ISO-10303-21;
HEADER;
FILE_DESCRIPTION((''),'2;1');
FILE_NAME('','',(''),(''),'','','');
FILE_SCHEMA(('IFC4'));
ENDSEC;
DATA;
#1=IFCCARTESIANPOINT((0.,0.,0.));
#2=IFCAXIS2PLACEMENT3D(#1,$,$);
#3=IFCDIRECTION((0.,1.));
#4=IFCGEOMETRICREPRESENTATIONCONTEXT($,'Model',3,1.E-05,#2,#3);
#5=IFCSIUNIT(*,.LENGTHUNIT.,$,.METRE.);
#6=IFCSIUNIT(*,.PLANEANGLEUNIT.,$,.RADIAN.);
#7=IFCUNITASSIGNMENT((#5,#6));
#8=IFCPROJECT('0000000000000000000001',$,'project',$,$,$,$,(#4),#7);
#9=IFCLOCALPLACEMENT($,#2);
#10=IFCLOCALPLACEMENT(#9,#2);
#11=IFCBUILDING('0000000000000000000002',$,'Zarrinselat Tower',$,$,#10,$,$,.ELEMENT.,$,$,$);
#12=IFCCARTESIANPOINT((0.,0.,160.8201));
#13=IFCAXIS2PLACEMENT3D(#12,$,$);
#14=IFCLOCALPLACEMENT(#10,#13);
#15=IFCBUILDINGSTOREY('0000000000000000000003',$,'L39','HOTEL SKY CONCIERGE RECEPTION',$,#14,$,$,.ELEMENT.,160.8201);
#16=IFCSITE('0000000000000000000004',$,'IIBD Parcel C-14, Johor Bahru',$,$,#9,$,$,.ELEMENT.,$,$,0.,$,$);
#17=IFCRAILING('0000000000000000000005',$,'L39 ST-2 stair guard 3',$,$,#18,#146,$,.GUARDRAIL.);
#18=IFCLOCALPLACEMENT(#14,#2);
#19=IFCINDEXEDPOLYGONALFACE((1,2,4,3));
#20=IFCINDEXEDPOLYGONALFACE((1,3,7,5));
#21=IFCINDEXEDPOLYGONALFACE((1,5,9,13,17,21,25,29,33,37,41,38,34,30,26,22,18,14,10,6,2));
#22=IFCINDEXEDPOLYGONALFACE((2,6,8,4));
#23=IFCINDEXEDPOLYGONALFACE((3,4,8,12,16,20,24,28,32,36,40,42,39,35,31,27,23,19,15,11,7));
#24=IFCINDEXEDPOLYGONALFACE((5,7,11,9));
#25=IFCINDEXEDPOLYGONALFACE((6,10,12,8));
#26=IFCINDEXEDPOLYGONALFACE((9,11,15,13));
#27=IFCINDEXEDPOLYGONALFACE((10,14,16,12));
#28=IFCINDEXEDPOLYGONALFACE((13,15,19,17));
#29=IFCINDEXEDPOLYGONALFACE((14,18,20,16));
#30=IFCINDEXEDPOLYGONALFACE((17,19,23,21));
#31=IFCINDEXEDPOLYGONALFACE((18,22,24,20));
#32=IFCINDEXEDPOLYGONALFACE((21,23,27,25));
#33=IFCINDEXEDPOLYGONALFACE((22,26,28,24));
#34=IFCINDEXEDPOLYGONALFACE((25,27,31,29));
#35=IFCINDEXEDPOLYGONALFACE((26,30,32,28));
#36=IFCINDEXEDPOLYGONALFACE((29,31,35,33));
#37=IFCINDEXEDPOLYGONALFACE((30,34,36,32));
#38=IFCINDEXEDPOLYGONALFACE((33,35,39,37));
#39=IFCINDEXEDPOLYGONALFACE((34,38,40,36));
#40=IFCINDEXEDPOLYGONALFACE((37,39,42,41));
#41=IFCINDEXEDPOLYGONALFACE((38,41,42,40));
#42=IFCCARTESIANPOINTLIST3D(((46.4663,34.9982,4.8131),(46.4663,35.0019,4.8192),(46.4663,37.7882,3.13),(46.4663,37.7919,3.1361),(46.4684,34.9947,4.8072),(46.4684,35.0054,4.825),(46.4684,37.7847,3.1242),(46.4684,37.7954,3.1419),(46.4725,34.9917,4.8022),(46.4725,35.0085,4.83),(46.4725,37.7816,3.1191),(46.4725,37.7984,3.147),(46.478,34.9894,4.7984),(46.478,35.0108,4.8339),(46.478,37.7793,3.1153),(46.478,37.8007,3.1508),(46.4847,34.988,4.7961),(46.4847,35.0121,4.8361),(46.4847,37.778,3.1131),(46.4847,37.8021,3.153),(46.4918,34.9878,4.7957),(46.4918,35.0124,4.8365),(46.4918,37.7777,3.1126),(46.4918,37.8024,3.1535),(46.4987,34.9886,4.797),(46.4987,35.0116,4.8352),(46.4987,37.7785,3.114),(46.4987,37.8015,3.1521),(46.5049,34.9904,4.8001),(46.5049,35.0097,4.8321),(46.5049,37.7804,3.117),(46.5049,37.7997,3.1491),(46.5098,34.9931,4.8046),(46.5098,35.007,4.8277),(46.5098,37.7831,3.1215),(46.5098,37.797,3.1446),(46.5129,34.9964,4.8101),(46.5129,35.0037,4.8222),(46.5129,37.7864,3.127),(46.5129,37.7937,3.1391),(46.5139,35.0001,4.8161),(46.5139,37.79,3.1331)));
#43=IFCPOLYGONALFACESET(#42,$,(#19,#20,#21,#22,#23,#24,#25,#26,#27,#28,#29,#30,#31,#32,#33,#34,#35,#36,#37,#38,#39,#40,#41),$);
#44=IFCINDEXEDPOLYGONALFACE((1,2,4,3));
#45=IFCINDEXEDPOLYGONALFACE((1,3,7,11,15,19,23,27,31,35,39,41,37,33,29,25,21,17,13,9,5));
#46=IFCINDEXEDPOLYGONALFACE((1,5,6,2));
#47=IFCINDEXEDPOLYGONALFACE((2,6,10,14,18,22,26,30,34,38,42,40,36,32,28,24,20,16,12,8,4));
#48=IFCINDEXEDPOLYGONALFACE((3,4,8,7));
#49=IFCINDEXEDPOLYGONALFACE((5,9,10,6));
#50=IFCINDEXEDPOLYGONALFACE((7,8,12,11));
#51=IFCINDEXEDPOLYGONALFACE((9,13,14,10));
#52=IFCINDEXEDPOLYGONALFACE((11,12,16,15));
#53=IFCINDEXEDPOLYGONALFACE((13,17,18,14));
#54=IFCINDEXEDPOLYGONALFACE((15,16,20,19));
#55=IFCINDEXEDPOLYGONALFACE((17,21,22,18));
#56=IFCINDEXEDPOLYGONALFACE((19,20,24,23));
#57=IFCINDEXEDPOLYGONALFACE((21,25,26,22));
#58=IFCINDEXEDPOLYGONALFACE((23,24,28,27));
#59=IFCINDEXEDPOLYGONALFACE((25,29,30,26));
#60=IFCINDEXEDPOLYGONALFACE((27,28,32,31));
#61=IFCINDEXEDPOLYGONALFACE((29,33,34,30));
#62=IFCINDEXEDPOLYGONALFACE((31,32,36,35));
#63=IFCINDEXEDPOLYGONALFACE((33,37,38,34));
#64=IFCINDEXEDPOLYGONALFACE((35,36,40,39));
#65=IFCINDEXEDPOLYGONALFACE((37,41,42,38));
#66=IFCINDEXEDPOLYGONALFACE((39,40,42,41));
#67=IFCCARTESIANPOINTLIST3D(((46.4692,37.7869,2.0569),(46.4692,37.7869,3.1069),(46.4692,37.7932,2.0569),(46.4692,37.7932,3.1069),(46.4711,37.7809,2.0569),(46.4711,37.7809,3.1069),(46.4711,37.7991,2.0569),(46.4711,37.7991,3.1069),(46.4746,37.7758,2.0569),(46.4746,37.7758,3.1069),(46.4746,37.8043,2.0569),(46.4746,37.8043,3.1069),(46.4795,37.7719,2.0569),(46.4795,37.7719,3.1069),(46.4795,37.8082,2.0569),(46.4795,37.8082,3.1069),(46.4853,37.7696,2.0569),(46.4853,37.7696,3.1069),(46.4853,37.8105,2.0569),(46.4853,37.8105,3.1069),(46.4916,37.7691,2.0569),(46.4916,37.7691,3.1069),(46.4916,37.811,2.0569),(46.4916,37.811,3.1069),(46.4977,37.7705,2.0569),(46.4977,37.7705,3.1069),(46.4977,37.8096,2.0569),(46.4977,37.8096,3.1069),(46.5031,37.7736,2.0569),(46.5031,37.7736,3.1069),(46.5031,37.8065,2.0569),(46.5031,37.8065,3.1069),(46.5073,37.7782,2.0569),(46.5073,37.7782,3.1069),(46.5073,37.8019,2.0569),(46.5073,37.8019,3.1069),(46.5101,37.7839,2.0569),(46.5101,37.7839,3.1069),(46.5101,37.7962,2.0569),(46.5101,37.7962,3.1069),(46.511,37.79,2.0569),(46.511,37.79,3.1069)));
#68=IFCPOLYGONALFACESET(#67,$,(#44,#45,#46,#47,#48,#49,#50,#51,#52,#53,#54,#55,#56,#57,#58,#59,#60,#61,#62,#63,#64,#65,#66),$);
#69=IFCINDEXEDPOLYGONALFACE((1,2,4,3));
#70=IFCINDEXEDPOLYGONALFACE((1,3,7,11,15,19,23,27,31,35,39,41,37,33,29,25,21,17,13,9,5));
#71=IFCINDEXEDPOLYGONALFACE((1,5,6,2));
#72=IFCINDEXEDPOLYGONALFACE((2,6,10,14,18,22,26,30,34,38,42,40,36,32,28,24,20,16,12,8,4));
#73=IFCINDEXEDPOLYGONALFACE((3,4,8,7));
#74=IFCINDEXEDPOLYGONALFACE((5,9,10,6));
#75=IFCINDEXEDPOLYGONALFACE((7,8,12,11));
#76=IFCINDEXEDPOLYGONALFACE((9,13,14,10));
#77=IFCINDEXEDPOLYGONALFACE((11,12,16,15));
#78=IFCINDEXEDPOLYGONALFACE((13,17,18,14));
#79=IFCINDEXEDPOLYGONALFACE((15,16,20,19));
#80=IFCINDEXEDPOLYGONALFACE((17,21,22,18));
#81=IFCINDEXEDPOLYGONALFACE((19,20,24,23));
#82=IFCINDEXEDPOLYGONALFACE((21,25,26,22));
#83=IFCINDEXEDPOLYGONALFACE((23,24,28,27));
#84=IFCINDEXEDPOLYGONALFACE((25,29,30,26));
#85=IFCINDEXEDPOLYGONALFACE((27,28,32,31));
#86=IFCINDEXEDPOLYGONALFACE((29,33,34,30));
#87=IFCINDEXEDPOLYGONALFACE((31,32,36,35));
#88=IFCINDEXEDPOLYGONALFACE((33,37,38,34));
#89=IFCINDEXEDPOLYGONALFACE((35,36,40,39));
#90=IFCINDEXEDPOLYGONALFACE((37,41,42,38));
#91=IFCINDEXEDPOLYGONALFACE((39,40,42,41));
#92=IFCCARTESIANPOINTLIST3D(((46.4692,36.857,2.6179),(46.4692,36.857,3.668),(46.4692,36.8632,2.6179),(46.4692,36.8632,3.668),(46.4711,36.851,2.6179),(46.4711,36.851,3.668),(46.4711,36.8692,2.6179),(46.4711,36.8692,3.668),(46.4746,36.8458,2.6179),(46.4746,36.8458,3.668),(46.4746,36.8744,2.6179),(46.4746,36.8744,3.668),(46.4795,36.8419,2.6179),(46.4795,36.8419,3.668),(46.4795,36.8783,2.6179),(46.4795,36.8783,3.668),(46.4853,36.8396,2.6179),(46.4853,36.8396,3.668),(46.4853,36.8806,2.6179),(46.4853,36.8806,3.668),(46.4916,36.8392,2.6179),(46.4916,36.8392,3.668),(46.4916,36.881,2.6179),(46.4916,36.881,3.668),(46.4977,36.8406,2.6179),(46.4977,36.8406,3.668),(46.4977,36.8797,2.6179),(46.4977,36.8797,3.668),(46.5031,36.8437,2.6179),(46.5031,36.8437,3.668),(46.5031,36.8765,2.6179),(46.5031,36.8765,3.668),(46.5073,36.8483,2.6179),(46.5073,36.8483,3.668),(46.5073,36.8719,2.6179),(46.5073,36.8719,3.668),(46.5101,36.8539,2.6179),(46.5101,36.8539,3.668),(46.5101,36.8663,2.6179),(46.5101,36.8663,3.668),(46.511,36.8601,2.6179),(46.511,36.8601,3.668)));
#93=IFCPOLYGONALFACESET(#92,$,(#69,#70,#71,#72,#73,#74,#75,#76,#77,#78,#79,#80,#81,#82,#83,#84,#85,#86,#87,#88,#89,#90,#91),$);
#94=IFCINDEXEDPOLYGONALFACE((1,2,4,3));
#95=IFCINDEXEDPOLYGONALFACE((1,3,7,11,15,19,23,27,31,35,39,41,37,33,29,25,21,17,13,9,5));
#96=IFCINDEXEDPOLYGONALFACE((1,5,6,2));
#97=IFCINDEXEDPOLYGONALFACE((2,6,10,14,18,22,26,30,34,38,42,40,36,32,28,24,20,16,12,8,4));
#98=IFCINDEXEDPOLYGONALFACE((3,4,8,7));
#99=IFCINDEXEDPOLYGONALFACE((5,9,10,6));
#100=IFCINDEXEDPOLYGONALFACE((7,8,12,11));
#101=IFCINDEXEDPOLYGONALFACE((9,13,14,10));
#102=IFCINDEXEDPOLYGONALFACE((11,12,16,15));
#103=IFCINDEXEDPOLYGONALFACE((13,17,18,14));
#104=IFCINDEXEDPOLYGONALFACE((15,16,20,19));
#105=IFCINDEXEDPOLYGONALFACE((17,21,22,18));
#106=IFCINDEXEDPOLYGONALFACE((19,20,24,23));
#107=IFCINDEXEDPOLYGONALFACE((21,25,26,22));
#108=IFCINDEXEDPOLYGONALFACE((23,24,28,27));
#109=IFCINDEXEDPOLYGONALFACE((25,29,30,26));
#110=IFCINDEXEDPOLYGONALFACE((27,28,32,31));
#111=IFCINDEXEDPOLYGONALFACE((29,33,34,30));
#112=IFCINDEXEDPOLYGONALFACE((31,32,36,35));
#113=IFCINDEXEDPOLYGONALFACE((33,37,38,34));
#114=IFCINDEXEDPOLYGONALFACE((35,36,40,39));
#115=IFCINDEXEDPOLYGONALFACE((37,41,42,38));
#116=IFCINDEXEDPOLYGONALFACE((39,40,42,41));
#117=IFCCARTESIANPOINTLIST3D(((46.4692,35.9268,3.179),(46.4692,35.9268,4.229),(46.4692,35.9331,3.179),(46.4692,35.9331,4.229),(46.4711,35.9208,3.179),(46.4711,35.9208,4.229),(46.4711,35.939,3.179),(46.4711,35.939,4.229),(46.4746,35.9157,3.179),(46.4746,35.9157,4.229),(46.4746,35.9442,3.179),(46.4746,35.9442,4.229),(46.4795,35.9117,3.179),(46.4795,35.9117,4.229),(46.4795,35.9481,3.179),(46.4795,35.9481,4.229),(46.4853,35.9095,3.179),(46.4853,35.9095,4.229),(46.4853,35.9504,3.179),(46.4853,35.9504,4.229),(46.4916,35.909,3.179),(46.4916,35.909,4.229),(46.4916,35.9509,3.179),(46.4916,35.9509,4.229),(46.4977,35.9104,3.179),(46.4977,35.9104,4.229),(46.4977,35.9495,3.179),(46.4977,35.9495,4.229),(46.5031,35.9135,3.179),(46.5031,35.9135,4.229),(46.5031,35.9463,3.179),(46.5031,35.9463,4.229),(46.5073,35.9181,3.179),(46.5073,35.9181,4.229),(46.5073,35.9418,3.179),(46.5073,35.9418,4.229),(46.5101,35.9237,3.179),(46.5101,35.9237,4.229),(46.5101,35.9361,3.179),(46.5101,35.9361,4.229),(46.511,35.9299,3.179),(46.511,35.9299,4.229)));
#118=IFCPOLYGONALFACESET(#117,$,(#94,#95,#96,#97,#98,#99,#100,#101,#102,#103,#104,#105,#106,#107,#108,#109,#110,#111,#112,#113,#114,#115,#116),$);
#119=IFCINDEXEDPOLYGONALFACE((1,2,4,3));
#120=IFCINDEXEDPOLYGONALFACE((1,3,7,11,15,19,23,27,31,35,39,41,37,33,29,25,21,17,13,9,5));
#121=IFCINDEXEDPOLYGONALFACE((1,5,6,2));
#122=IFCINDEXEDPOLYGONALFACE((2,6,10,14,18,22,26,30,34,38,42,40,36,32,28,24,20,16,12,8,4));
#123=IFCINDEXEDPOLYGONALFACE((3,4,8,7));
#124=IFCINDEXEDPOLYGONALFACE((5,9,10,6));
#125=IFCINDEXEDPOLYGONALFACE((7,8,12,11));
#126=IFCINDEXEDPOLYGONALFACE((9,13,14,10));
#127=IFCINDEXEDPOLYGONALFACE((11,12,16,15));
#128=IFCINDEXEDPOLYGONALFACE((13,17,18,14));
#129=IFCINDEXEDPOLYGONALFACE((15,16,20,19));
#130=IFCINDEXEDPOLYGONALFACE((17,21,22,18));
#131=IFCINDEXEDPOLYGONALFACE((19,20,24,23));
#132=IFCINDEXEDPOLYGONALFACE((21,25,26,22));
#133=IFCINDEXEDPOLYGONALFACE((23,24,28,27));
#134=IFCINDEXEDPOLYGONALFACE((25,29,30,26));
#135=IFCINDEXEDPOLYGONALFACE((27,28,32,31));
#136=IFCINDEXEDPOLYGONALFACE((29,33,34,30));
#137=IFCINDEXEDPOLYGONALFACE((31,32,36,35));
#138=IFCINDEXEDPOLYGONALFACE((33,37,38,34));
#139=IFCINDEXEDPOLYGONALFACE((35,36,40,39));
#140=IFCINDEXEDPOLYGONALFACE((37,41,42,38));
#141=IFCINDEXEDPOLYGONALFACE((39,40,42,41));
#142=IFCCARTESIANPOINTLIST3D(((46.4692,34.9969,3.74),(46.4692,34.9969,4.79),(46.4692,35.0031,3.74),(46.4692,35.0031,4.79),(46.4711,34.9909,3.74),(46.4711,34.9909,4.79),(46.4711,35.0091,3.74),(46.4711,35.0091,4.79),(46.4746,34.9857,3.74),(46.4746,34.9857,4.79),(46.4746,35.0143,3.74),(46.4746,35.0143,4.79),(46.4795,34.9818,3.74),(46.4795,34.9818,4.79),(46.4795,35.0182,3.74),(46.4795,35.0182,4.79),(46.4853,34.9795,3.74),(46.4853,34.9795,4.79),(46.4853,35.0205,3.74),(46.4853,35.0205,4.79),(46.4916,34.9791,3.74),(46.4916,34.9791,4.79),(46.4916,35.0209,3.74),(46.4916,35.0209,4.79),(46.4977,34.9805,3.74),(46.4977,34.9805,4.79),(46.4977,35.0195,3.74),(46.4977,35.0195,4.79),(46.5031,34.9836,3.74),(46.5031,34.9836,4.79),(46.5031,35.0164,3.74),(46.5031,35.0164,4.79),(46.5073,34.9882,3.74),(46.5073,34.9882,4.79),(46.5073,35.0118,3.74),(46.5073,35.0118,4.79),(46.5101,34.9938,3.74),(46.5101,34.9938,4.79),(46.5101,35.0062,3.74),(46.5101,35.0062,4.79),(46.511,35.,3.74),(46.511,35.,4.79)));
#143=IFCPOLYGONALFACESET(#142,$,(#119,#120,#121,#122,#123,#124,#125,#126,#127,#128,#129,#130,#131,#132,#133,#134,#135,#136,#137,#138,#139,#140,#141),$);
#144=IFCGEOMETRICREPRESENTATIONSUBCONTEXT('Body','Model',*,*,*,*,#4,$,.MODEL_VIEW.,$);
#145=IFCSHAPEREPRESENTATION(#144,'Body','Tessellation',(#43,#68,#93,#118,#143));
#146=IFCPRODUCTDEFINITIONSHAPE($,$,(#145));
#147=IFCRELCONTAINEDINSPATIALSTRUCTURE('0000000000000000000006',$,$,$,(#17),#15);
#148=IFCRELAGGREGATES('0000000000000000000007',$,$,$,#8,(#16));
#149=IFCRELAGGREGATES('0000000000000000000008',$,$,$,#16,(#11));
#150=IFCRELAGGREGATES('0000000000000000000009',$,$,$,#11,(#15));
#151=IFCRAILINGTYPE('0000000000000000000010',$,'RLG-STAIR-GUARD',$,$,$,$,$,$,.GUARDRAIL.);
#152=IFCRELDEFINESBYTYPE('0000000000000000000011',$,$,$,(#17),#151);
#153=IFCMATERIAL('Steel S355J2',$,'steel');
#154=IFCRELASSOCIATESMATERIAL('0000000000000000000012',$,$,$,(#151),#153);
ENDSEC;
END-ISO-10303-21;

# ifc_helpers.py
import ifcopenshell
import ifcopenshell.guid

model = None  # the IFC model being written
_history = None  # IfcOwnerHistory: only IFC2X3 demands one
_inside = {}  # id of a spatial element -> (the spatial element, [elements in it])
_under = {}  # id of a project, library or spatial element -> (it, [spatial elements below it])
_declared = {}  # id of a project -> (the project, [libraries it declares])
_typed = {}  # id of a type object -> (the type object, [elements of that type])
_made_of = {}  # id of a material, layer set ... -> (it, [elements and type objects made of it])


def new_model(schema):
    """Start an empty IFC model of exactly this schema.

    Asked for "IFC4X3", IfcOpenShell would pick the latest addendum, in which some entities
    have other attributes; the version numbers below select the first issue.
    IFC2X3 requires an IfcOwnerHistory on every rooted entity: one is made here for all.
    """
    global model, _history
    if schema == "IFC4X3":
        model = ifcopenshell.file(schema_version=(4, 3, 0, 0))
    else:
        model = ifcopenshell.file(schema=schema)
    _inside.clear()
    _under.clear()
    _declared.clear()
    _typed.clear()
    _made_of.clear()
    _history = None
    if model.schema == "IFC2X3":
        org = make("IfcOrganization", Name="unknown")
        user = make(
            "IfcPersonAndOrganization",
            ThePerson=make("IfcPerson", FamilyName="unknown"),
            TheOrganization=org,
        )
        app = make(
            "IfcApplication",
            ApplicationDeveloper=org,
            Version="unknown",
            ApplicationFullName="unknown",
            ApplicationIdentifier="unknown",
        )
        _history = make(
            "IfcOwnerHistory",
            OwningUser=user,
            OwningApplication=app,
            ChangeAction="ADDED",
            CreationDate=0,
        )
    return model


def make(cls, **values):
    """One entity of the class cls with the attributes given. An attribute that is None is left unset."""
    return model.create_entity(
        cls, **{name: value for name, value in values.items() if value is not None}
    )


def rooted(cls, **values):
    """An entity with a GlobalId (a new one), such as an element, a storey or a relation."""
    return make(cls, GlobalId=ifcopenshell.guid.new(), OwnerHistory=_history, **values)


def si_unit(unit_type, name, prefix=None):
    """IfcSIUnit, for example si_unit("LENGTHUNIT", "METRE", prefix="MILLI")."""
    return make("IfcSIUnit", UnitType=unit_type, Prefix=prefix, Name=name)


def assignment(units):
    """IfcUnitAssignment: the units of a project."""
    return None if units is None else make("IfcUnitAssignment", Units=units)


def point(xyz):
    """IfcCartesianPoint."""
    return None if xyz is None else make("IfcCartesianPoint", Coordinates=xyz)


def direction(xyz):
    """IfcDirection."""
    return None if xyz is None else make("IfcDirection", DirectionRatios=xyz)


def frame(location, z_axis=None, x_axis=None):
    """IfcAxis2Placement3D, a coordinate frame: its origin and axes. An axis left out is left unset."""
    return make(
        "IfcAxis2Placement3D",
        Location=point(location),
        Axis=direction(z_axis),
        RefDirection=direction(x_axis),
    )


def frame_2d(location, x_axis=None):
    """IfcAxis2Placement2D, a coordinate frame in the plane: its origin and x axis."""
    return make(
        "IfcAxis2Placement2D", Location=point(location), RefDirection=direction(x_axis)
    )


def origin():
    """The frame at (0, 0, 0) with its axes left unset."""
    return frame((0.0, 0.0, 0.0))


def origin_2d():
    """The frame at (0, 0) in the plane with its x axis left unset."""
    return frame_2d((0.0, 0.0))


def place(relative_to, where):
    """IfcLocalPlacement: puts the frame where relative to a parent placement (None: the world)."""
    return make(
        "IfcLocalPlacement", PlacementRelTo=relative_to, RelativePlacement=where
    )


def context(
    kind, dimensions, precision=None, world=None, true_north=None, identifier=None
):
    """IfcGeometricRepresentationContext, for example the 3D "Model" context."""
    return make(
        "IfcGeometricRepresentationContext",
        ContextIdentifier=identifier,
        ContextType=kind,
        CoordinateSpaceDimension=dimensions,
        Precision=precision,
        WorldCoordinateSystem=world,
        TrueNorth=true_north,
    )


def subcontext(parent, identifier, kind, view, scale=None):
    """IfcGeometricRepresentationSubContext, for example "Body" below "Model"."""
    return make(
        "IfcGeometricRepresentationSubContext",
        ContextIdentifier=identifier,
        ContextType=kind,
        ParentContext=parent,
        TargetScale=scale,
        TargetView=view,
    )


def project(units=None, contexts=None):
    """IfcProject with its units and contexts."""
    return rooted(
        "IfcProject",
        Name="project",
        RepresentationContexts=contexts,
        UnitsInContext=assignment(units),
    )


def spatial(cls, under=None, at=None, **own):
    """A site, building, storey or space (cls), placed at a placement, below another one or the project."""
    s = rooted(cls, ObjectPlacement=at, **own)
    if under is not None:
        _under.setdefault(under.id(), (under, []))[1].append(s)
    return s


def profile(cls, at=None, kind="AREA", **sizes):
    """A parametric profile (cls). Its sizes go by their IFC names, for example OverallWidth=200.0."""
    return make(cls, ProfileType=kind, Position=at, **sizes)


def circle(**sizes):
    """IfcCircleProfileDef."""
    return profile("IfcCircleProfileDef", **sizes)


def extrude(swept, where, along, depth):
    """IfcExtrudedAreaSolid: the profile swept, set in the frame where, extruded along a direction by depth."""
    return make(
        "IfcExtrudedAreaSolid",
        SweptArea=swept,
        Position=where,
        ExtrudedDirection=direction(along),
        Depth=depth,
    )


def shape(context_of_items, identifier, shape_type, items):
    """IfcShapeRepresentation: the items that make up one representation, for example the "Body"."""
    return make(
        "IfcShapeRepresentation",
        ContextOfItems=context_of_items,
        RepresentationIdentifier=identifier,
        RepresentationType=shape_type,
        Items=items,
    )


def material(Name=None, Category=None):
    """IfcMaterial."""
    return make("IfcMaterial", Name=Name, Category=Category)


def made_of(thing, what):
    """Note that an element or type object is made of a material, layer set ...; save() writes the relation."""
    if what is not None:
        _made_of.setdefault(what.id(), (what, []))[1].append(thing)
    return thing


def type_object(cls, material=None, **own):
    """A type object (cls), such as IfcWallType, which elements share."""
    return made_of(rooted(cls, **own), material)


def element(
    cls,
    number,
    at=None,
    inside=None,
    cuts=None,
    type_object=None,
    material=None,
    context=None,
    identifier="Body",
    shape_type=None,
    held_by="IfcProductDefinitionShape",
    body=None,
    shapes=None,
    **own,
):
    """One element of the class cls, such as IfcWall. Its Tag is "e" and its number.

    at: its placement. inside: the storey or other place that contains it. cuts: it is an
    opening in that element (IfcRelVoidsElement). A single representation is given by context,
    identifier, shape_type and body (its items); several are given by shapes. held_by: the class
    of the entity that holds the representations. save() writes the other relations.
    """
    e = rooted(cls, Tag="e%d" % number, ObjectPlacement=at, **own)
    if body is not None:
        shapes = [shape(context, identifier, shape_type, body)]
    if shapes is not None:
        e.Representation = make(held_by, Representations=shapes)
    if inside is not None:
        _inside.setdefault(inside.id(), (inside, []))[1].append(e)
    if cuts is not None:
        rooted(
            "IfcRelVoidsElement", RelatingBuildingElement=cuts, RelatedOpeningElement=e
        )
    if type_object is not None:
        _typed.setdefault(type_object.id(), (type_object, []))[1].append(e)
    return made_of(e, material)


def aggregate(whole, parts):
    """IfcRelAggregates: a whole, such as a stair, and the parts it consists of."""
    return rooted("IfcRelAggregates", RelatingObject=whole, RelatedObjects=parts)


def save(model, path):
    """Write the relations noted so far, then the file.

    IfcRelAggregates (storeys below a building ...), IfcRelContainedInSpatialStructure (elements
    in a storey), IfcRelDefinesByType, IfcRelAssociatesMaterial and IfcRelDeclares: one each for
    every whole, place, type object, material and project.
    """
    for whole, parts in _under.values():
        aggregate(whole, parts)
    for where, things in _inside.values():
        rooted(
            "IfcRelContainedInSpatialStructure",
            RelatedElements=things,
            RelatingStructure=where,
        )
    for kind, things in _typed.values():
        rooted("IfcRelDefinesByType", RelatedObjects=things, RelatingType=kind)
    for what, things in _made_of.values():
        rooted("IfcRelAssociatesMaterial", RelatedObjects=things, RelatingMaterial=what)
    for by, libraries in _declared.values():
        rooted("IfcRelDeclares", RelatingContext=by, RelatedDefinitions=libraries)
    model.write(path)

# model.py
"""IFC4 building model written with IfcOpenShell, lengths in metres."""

from ifc_helpers import new_model, si_unit, direction, frame, origin, origin_2d, place, context, subcontext, project, spatial, circle, extrude, material, type_object, element, save


model = new_model("IFC4")

# Units and contexts
model_context = context("Model", 3, precision=1e-05, world=origin(), true_north=direction((0.0, 1.0)))
body_context = subcontext(model_context, "Body", "Model", "MODEL_VIEW")
ifc_project = project(units=[si_unit("LENGTHUNIT", "METRE"), si_unit("PLANEANGLEUNIT", "RADIAN")], contexts=[model_context])

# Site, building, storey
site_placement = place(None, origin())
site = spatial("IfcSite", under=ifc_project, at=site_placement, Name="IIBD Parcel C-14, Johor Bahru", CompositionType="ELEMENT", RefElevation=0.0)
building_placement = place(site_placement, origin())
building = spatial("IfcBuilding", under=site, at=building_placement, Name="Zarrinselat Tower", CompositionType="ELEMENT")
storey_placement = place(building_placement, frame((0.0, 0.0, 160.8201)))
storey = spatial("IfcBuildingStorey", under=building, at=storey_placement, Name="L39", Description="HOTEL SKY CONCIERGE RECEPTION", CompositionType="ELEMENT", Elevation=160.8201)

# Railing
ifc_material_1 = material(Name="Steel S355J2", Category="steel")
railing_type_1 = type_object("IfcRailingType", Name="RLG-STAIR-GUARD", PredefinedType="GUARDRAIL", material=ifc_material_1)
railing_1_placement = place(storey_placement, frame((46.49, 37.79, 2.0569)))
element("IfcRailing", 1, at=railing_1_placement, inside=storey, type_object=railing_type_1, Name="L39 ST-2 stair guard 3", PredefinedType="GUARDRAIL", context=body_context, shape_type="SweptSolid", body=[
    extrude(circle(Radius=0.0239, at=origin_2d()), frame((0.0, 0.0, 1.0762), z_axis=(0.0, -0.856261, 0.516544), x_axis=(1.0, 0.0, 0.0)), (0.0, 0.0, 1.0), 3.2583),
    extrude(circle(Radius=0.021, at=origin_2d()), origin(), (0.0, 0.0, 1.0), 1.05),
    extrude(circle(Radius=0.021, at=origin_2d()), frame((0.0, -0.9299, 0.561)), (0.0, 0.0, 1.0), 1.05),
    extrude(circle(Radius=0.021, at=origin_2d()), frame((0.0, -1.8601, 1.1221)), (0.0, 0.0, 1.0), 1.05),
    extrude(circle(Radius=0.021, at=origin_2d()), frame((0.0, -2.79, 1.6831)), (0.0, 0.0, 1.0), 1.05),
])

save(model, "model.ifc")
